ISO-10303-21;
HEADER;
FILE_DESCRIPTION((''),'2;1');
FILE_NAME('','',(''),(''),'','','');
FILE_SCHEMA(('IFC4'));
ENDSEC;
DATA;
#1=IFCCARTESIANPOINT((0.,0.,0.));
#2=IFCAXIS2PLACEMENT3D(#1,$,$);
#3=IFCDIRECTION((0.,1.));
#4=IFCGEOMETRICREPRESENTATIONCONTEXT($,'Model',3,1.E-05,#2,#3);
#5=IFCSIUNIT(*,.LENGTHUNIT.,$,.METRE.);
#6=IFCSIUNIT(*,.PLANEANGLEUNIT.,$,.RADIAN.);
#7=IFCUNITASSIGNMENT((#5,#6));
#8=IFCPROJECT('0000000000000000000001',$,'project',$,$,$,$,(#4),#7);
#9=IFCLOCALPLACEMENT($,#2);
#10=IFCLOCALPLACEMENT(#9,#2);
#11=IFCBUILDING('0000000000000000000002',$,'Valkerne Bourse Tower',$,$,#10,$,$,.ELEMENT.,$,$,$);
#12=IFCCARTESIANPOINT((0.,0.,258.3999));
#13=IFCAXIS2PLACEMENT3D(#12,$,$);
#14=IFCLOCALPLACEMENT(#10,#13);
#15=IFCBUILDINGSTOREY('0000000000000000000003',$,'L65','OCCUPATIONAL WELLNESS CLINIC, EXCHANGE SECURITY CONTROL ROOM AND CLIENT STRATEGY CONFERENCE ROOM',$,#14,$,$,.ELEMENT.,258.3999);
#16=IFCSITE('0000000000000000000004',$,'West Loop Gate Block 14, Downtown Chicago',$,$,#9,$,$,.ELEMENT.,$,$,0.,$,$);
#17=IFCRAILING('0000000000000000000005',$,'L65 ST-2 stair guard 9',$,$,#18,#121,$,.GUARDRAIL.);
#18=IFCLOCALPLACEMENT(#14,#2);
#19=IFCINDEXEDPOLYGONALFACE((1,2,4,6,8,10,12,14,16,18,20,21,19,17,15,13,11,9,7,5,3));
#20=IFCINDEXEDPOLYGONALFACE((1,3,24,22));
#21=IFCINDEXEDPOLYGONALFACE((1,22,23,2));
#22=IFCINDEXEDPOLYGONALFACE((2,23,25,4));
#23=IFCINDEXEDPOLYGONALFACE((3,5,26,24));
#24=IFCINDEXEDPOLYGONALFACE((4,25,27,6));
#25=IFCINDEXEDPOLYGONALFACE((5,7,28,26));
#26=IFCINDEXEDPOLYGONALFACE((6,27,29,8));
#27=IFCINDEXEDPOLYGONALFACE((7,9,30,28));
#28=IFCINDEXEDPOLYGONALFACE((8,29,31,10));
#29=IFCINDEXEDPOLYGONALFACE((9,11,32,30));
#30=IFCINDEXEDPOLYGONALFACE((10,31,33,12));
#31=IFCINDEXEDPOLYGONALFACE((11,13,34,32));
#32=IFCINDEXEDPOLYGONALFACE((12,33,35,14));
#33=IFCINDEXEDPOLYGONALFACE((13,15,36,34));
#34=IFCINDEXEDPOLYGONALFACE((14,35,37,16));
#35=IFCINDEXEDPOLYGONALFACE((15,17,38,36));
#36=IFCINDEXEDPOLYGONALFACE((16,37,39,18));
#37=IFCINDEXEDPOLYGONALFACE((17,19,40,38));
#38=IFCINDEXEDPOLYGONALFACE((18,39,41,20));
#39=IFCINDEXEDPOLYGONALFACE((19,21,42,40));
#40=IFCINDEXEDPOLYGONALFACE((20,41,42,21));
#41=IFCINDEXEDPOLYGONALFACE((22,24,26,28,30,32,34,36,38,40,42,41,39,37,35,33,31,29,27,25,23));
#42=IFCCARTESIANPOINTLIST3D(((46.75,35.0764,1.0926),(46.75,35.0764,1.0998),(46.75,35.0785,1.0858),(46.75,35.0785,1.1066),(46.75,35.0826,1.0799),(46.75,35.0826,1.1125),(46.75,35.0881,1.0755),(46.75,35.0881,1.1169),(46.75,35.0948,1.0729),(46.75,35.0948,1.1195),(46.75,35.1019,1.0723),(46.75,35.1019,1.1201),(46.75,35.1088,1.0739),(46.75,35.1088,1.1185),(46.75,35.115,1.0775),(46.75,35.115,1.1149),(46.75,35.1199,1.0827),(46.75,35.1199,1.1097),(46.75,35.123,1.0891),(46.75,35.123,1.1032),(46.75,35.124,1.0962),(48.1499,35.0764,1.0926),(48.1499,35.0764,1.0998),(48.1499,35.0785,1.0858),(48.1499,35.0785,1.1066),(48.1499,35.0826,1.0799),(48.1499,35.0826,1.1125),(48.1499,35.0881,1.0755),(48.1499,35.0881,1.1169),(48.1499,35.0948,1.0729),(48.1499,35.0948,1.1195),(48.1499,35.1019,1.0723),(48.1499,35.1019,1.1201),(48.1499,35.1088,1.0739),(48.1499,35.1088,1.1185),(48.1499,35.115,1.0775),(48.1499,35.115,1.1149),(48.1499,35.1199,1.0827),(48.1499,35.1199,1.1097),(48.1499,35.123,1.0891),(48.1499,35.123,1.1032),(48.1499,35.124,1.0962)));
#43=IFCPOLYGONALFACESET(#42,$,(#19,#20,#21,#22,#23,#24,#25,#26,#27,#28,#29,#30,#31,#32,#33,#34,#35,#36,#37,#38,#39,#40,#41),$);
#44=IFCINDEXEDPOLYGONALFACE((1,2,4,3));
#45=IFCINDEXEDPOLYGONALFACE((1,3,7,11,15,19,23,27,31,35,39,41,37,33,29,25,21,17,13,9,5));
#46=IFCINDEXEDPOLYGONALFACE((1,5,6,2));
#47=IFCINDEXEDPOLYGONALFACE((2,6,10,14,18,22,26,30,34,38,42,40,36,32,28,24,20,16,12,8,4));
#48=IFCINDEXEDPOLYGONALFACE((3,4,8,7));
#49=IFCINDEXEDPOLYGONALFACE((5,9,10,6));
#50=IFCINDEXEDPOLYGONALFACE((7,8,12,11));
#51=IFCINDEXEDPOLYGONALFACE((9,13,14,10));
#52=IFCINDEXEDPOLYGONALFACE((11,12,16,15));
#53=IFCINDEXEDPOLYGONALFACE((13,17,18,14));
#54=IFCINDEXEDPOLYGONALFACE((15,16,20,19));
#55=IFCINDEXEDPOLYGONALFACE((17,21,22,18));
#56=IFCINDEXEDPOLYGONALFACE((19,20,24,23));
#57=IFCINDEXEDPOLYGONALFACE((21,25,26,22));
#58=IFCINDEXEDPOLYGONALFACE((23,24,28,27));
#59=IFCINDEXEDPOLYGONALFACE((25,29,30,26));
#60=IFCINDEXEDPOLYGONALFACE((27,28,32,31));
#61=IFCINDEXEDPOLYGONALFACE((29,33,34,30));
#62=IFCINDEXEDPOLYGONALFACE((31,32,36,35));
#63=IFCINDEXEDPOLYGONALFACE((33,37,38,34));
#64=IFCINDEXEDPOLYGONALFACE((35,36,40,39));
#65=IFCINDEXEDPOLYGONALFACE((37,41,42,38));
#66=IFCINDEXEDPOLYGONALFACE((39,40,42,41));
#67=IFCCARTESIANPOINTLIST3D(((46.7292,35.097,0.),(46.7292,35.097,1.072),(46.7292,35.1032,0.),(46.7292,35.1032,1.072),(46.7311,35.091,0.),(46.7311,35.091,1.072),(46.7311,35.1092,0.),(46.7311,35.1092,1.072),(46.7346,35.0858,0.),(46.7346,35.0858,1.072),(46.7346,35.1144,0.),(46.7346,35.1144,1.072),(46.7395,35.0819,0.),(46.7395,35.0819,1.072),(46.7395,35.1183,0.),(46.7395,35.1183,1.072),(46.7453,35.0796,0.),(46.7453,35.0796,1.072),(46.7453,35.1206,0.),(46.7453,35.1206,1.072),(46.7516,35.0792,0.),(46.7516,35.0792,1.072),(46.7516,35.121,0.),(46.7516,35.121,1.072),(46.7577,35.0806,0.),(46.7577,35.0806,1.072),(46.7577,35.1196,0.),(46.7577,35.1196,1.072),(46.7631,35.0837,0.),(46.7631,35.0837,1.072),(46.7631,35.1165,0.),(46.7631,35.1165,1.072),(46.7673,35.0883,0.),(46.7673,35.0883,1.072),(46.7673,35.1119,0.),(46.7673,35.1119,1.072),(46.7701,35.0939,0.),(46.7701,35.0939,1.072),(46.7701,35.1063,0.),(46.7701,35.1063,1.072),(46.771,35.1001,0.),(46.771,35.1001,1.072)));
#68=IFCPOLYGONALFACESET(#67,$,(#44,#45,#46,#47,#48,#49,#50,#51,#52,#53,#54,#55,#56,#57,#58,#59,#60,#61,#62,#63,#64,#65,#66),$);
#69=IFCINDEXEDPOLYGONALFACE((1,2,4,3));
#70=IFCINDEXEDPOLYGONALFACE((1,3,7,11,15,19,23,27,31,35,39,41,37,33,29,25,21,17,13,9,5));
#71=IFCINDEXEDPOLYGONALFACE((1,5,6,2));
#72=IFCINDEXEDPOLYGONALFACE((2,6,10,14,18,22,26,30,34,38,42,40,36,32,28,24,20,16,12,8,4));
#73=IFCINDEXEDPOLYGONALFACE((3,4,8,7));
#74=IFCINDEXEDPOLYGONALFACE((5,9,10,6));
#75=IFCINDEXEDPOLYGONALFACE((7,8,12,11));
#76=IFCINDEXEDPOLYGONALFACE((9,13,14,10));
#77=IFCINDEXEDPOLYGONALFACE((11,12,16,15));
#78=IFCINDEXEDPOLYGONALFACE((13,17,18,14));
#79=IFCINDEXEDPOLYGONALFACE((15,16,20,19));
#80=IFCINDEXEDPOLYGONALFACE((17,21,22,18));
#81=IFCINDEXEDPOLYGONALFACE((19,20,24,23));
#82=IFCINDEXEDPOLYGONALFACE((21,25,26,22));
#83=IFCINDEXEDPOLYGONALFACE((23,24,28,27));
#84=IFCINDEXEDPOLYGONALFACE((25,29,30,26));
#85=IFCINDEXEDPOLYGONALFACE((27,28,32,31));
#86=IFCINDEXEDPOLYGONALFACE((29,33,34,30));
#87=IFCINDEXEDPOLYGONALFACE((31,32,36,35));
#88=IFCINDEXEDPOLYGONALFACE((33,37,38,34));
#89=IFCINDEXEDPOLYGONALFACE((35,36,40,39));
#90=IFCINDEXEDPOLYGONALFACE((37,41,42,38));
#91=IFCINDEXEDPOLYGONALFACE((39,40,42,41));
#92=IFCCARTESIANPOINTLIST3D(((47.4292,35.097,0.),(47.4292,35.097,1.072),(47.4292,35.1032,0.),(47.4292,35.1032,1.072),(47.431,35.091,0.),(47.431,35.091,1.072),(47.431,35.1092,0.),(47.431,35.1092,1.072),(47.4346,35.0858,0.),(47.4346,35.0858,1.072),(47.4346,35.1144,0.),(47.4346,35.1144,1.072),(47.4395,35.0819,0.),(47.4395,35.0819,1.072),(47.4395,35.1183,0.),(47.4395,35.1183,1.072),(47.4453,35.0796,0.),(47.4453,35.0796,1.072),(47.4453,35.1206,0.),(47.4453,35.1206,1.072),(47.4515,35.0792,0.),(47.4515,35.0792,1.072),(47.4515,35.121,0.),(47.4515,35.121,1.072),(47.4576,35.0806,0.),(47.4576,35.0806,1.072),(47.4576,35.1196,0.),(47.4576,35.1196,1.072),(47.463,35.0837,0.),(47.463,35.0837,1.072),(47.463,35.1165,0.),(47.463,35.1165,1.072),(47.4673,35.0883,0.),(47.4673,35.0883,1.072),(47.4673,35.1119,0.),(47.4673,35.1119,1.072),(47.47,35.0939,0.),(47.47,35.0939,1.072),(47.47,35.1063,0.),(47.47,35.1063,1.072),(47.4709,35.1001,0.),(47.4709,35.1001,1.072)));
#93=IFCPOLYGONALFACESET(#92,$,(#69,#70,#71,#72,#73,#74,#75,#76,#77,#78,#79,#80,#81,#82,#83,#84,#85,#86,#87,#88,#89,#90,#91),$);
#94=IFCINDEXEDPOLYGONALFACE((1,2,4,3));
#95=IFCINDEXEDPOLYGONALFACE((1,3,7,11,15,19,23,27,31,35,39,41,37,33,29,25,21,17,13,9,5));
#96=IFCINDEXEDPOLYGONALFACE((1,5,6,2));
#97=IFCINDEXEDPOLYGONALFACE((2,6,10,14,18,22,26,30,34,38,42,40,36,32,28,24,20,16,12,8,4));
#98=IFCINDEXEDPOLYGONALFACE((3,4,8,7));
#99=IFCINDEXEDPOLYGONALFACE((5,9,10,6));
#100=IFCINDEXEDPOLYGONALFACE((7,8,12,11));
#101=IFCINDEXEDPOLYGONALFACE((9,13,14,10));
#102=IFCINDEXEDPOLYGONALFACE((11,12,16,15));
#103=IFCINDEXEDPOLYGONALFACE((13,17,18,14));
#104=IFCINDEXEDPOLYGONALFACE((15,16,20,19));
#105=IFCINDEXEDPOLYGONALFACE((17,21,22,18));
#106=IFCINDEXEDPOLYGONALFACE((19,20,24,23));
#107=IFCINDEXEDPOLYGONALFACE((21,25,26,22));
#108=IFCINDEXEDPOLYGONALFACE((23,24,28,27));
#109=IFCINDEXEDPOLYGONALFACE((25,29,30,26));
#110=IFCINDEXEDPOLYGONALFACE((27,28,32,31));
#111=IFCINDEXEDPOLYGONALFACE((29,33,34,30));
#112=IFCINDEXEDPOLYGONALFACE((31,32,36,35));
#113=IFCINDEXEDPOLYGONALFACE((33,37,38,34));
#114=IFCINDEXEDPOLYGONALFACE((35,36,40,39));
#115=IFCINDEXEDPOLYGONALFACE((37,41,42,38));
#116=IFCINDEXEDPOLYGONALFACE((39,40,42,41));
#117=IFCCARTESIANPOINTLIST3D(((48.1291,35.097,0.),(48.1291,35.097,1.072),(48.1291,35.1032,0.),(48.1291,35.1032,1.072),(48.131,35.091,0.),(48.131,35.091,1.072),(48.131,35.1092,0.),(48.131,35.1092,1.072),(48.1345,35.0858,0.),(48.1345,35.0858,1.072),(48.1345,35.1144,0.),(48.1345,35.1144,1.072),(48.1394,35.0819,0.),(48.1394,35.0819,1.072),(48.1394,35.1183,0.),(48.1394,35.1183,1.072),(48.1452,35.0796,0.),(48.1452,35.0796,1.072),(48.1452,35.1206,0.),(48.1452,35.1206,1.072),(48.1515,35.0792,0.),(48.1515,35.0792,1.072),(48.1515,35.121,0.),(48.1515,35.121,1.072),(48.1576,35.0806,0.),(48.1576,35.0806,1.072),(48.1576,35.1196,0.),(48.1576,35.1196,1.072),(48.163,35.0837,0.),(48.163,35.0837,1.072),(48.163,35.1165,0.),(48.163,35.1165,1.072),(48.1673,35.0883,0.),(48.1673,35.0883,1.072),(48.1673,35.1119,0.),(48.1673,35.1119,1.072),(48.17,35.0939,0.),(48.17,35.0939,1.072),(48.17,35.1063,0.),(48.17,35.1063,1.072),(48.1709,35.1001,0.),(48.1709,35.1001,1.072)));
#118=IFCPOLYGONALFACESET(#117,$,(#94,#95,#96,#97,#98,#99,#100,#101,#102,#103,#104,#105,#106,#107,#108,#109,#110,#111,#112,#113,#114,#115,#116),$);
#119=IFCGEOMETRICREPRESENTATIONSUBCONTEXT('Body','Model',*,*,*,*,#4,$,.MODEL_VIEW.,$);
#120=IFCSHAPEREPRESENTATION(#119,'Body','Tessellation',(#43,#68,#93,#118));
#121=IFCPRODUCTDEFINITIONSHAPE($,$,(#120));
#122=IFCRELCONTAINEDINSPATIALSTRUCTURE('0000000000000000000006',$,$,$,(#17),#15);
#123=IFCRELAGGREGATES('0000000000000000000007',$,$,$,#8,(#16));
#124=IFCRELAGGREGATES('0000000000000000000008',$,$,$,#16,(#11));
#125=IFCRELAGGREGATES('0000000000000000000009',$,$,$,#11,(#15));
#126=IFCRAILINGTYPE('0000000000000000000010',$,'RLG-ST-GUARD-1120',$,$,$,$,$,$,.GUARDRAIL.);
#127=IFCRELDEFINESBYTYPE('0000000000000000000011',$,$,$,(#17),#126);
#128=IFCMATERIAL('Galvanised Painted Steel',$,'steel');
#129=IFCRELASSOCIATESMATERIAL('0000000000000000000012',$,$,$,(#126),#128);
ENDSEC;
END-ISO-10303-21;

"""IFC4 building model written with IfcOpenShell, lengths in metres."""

from ifc_helpers import new_model, si_unit, direction, frame, origin, origin_2d, place, context, subcontext, project, spatial, circle, extrude, material, type_object, element, save


model = new_model("IFC4")

# Units and contexts
model_context = context("Model", 3, precision=1e-05, world=origin(), true_north=direction((0.0, 1.0)))
body_context = subcontext(model_context, "Body", "Model", "MODEL_VIEW")
ifc_project = project(units=[si_unit("LENGTHUNIT", "METRE"), si_unit("PLANEANGLEUNIT", "RADIAN")], contexts=[model_context])

# Site, building, storey
site_placement = place(None, origin())
site = spatial("IfcSite", under=ifc_project, at=site_placement, Name="West Loop Gate Block 14, Downtown Chicago", CompositionType="ELEMENT", RefElevation=0.0)
building_placement = place(site_placement, origin())
building = spatial("IfcBuilding", under=site, at=building_placement, Name="Valkerne Bourse Tower", CompositionType="ELEMENT")
storey_placement = place(building_placement, frame((0.0, 0.0, 258.3999)))
storey = spatial("IfcBuildingStorey", under=building, at=storey_placement, Name="L65", Description="OCCUPATIONAL WELLNESS CLINIC, EXCHANGE SECURITY CONTROL ROOM AND CLIENT STRATEGY CONFERENCE ROOM", CompositionType="ELEMENT", Elevation=258.3999)

# Shared definitions
ifc_material_1 = material(Name="Galvanised Painted Steel", Category="steel")

# Railing
railing_type_1 = type_object("IfcRailingType", Name="RLG-ST-GUARD-1120", PredefinedType="GUARDRAIL", material=ifc_material_1)
for number, where, name in (
    (1, (46.75, 35.1001, 0.0), "L65 ST-2 stair guard 9"),
):
    element("IfcRailing", number, at=place(storey_placement, frame(where)), inside=storey, type_object=railing_type_1, Name=name, PredefinedType="GUARDRAIL", context=body_context, shape_type="SweptSolid", body=[
        extrude(circle(Radius=0.0239, at=origin_2d()), frame((0.0, 0.0, 1.0962), z_axis=(1.0, 0.0, 0.0), x_axis=(0.0, 1.0, 0.0)), (0.0, 0.0, 1.0), 1.3999),
        extrude(circle(Radius=0.021, at=origin_2d()), origin(), (0.0, 0.0, 1.0), 1.072),
        extrude(circle(Radius=0.021, at=origin_2d()), frame((0.7, 0.0, 0.0)), (0.0, 0.0, 1.0), 1.072),
        extrude(circle(Radius=0.021, at=origin_2d()), frame((1.3999, 0.0, 0.0)), (0.0, 0.0, 1.0), 1.072),
    ])

save(model, "model.ifc")
